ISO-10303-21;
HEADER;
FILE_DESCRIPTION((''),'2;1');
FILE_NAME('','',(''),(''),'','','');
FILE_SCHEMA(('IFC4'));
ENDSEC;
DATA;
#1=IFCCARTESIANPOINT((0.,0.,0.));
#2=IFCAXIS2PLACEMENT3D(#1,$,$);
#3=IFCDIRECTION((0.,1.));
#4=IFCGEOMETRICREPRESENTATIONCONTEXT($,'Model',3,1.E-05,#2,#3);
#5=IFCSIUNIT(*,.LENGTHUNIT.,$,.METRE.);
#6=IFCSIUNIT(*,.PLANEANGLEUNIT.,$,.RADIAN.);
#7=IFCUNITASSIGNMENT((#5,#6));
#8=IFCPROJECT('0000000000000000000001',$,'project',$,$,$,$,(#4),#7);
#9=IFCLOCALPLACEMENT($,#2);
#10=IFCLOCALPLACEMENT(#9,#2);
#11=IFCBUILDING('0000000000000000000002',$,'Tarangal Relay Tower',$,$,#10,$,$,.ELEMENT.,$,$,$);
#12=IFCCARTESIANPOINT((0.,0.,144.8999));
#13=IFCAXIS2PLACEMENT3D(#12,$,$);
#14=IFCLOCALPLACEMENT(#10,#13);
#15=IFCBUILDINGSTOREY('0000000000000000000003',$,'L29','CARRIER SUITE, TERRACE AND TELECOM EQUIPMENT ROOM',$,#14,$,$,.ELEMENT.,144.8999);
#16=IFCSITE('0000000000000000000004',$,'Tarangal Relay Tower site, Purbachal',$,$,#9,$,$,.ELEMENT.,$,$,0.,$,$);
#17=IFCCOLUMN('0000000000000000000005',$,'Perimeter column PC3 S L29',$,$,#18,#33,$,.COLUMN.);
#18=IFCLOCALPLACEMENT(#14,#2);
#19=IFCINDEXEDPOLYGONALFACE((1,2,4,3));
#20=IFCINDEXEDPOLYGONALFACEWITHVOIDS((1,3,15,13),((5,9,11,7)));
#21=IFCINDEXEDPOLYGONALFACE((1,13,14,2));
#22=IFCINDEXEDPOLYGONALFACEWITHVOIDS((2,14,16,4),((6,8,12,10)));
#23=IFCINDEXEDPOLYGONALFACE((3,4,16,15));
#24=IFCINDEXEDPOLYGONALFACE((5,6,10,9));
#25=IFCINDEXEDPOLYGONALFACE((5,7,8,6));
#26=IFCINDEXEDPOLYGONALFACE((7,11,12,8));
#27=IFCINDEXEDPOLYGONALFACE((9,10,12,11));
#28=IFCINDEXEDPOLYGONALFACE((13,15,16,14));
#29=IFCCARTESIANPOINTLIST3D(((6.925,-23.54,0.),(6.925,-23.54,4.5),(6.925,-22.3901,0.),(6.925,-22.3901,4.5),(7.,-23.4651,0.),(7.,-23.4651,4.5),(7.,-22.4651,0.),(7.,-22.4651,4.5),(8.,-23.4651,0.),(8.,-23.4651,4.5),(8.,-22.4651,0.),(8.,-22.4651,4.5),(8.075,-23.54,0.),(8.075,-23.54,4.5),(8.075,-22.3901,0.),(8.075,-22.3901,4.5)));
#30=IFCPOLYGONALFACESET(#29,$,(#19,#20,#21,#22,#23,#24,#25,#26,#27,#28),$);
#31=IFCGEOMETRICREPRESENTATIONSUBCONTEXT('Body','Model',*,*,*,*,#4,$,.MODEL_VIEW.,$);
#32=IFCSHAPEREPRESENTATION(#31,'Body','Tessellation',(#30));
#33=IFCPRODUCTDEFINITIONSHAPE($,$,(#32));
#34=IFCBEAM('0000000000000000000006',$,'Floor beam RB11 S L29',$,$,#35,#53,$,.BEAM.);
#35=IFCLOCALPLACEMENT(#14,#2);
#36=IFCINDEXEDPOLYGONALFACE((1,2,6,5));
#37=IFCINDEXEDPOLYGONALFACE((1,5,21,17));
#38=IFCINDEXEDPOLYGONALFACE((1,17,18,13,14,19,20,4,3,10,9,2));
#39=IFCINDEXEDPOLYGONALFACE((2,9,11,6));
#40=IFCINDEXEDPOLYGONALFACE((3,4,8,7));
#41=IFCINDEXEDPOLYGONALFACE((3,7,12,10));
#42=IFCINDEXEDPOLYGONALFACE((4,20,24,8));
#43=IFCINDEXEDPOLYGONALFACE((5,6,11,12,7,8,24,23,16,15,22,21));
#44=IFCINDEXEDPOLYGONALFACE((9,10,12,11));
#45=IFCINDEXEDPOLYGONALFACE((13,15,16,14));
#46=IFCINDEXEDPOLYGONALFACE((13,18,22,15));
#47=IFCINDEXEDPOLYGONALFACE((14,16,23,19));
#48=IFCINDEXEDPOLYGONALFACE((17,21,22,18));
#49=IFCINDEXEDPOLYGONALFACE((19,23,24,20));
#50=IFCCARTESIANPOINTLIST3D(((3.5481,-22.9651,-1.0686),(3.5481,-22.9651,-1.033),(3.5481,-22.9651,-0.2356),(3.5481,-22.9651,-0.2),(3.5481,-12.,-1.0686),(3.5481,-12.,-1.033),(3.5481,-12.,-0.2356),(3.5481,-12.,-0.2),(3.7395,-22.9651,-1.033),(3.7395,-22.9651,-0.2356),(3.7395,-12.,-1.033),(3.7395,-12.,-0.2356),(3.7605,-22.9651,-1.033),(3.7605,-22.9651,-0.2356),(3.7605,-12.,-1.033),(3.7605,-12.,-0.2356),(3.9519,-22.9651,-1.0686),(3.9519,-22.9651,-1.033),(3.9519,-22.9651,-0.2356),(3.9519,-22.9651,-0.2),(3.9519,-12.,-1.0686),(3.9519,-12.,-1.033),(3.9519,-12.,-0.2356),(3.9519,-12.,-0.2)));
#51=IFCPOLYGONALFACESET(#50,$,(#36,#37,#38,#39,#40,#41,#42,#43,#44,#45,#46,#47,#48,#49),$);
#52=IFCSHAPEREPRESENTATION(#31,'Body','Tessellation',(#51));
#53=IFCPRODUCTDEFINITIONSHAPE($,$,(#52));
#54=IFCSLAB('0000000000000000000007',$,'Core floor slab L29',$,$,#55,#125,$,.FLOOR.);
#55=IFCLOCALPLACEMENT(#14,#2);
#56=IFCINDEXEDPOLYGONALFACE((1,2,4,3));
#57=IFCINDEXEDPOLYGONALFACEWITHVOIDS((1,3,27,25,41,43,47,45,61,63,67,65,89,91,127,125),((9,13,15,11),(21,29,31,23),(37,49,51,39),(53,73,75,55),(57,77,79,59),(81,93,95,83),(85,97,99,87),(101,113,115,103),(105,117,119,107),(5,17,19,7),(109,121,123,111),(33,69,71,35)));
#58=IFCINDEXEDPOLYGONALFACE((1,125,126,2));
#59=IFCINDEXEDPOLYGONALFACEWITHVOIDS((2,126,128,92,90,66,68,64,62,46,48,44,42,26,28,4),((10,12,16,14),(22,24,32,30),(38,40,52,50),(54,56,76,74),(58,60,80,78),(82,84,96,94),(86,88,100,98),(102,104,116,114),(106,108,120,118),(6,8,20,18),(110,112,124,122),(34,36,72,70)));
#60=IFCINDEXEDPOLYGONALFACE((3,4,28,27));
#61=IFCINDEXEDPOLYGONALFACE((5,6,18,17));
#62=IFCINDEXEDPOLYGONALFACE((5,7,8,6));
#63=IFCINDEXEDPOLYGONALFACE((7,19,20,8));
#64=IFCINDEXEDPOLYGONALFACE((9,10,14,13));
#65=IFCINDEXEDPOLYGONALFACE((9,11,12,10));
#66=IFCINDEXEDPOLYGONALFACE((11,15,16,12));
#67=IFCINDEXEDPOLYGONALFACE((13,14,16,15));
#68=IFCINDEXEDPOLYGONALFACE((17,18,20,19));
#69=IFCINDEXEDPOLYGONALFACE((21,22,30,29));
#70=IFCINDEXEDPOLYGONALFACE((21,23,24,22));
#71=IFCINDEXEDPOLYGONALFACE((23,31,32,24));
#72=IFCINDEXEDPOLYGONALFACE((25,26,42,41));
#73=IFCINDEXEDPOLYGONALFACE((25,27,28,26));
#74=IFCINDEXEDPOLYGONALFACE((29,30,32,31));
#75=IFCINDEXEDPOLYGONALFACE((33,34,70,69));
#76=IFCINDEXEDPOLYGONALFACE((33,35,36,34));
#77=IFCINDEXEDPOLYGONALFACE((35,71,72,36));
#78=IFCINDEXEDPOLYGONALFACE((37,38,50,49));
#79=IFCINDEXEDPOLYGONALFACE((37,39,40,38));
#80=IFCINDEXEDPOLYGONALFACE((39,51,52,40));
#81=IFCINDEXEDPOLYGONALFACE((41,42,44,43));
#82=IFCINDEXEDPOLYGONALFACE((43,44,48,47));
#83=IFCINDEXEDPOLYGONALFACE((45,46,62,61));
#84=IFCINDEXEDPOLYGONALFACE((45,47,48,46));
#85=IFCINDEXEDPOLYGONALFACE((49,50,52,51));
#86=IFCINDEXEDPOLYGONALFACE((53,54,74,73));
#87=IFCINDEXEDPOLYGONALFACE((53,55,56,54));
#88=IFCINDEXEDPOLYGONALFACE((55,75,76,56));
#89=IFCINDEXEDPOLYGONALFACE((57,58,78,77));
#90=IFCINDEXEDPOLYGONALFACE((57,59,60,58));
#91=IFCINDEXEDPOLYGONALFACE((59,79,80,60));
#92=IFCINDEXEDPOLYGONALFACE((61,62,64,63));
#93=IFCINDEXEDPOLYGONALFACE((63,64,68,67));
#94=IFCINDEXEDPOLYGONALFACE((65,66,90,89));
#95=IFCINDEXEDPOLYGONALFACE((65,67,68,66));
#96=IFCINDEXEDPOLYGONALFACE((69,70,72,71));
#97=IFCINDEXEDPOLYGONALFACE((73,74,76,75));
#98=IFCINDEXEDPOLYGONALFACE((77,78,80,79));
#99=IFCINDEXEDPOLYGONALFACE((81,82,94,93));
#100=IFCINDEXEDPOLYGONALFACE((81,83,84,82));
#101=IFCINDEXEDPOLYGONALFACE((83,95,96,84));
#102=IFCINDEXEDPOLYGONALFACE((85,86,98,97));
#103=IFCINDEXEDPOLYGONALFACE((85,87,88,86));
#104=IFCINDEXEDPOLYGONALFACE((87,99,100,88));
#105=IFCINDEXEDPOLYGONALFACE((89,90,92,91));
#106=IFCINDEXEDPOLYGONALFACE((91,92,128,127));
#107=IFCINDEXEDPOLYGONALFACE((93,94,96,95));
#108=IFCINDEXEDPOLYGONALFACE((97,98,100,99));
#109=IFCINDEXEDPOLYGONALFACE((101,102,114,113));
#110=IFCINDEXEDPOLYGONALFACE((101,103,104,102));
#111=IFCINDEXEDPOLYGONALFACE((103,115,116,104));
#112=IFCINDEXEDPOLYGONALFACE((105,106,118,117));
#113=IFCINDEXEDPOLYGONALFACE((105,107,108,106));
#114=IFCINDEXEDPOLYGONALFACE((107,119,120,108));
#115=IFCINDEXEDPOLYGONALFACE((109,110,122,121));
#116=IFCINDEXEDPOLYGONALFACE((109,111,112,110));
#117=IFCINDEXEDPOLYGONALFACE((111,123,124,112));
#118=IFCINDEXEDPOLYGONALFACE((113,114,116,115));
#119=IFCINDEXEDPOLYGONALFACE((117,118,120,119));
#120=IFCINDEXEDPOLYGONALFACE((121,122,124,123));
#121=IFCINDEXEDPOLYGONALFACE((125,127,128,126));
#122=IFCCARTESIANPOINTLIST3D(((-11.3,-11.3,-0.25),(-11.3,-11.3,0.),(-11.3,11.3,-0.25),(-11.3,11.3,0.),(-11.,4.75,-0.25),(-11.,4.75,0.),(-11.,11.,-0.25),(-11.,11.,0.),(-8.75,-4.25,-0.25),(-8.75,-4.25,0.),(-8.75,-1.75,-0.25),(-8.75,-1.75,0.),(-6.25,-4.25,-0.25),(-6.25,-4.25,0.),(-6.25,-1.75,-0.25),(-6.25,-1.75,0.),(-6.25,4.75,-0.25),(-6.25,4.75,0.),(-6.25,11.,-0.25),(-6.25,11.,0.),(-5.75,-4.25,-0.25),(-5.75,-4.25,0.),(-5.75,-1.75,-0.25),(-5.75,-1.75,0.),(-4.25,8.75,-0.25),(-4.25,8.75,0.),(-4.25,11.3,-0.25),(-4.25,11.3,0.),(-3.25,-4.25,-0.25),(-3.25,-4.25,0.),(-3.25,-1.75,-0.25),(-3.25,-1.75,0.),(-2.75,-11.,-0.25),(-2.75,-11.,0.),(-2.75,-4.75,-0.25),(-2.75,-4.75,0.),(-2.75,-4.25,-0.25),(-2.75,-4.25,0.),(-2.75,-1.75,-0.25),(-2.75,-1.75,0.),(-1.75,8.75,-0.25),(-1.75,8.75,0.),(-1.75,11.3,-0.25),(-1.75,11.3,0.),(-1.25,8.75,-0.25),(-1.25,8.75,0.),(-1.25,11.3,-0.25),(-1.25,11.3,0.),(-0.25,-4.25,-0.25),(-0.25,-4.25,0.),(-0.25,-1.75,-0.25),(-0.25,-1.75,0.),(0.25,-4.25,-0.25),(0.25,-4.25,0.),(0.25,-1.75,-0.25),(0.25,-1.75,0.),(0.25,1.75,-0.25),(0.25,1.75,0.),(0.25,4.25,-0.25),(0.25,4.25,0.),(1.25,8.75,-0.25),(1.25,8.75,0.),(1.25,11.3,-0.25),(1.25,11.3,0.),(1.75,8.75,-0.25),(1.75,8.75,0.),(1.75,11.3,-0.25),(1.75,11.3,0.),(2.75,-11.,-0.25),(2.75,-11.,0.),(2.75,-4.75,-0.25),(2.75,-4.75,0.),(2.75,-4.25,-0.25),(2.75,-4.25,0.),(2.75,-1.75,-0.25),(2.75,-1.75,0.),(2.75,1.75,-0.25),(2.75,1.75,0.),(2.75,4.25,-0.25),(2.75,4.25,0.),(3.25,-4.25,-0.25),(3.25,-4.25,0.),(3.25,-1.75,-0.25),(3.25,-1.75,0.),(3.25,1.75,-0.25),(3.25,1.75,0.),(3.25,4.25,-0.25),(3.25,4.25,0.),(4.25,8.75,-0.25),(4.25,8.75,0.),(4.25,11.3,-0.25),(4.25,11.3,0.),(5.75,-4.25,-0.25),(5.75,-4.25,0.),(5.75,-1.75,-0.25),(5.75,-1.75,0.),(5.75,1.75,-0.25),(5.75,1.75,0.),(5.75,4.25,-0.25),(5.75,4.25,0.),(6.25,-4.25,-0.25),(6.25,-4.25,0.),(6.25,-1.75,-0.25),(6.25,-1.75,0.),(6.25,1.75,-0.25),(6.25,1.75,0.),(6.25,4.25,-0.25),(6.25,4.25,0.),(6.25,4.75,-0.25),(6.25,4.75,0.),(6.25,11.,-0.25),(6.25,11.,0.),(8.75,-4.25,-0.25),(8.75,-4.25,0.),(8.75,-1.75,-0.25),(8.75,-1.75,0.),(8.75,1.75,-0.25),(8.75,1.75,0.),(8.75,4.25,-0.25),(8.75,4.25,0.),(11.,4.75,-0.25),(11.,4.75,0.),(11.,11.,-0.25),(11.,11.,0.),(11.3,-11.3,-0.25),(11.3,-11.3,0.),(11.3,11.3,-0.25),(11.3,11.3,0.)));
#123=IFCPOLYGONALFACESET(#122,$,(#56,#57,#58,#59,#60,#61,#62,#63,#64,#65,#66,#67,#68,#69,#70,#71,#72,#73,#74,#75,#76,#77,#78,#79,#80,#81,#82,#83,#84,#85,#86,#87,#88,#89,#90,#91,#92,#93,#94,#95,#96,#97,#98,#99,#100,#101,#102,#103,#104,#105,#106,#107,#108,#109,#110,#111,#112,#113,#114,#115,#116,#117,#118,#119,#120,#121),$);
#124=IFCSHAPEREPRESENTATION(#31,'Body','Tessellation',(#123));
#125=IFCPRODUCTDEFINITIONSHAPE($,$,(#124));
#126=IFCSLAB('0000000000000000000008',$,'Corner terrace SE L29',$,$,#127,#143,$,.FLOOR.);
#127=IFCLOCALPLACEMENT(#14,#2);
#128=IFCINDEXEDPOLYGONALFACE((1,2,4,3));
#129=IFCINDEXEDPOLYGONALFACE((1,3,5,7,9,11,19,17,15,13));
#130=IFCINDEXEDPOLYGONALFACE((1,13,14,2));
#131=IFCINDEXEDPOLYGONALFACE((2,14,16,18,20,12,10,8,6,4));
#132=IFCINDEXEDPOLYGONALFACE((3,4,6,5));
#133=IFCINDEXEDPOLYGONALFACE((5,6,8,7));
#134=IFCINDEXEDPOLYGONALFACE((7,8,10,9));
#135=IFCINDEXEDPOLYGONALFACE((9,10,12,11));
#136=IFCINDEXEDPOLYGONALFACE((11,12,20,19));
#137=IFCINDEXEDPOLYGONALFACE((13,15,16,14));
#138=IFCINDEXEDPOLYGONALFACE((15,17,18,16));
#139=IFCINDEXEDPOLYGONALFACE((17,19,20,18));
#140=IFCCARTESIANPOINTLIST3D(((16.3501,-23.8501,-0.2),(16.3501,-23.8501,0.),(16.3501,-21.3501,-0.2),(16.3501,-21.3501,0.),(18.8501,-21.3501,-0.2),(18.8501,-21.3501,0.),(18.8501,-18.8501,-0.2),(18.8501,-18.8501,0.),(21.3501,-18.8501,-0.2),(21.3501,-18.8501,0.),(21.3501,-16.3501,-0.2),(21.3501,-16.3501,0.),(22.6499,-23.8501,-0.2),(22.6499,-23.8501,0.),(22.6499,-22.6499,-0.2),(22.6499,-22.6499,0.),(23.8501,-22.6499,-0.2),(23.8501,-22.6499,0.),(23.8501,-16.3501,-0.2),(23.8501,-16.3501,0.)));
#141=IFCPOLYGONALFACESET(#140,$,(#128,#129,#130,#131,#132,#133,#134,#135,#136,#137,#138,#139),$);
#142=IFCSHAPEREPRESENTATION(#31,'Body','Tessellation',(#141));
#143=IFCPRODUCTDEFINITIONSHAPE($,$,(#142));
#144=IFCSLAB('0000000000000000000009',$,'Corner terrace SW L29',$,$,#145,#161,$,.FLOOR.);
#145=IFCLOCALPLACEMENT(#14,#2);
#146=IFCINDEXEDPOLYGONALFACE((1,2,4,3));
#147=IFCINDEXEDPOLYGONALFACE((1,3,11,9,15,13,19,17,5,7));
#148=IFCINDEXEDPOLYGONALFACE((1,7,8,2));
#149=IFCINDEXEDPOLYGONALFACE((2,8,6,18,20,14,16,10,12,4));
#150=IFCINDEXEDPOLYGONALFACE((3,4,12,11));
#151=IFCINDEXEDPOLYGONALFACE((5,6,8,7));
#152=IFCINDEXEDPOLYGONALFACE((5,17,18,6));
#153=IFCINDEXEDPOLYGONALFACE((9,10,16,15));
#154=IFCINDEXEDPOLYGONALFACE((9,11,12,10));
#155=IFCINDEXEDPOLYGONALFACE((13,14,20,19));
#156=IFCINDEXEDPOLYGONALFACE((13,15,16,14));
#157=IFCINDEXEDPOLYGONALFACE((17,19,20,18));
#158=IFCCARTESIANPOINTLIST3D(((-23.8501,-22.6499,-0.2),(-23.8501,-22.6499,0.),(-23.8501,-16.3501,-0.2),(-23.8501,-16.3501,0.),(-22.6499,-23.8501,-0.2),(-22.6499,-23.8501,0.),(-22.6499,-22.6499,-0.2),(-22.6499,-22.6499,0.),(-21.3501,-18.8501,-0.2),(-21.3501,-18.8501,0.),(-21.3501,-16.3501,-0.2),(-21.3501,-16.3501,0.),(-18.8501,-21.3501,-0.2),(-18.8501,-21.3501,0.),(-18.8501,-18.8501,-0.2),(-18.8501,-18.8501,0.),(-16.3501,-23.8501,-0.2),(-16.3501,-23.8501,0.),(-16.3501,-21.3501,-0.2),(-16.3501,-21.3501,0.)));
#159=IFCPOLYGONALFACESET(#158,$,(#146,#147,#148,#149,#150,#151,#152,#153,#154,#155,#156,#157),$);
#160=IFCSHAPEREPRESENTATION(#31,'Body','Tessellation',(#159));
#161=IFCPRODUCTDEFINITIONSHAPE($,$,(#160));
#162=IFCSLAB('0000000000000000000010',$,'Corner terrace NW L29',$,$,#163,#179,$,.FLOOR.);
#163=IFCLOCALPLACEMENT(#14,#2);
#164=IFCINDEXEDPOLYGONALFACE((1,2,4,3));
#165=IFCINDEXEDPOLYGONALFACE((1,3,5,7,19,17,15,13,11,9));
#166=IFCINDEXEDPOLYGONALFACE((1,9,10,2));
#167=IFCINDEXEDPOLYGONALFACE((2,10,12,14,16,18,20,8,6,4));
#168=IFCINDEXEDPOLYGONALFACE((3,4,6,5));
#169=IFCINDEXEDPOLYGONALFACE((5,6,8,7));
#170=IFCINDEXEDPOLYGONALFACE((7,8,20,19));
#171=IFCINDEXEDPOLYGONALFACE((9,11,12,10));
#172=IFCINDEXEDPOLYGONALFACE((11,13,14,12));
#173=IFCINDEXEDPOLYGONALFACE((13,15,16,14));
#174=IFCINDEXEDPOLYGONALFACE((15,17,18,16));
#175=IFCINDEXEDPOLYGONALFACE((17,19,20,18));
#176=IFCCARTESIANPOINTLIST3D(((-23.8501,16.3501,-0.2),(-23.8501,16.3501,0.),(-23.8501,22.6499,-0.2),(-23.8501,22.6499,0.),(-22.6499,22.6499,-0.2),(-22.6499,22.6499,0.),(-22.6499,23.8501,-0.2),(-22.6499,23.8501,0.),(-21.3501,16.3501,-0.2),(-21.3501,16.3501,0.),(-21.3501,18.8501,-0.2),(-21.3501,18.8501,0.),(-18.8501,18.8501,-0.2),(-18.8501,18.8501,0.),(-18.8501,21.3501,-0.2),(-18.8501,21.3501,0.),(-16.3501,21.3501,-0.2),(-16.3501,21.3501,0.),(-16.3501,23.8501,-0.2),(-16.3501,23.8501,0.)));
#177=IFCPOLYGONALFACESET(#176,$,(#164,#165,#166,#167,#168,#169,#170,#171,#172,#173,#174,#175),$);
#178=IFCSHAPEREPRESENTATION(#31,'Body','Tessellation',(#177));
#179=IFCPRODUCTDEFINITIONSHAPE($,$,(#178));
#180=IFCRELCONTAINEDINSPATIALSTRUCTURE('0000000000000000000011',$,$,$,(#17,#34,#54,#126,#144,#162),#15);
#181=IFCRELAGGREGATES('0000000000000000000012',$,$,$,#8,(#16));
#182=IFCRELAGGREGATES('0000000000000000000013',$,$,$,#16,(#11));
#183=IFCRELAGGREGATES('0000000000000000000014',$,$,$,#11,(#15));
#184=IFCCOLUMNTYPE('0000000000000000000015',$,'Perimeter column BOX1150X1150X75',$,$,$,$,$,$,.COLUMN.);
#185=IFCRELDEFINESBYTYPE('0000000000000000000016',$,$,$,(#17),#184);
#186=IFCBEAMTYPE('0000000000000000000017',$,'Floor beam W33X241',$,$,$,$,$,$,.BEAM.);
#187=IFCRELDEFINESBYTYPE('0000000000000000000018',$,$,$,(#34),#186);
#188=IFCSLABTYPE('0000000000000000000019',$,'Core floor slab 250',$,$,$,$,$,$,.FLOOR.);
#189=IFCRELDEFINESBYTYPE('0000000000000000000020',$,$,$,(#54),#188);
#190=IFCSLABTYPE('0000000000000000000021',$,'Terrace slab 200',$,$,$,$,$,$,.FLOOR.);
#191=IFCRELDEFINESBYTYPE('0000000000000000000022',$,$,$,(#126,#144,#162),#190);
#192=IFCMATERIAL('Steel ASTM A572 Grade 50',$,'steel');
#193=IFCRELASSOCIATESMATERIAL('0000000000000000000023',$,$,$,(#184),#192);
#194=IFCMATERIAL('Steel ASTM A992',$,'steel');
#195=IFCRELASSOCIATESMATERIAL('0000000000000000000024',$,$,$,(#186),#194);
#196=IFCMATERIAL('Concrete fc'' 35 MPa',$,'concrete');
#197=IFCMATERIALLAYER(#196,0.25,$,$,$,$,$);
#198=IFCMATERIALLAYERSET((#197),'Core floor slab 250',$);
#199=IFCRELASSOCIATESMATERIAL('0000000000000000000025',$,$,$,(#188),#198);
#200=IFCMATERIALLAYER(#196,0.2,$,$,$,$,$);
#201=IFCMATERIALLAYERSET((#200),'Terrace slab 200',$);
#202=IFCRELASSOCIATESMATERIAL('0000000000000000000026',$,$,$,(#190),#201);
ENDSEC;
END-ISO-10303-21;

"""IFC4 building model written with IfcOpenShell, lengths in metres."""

from ifc_helpers import new_model, si_unit, direction, frame, origin, origin_2d, place, context, subcontext, project, spatial, polyline, hollow_rectangle, i_section, outline, extrude, material, layer, layer_set, material_profile, profile_set, type_object, element, save


model = new_model("IFC4")

# Units and contexts
model_context = context("Model", 3, precision=1e-05, world=origin(), true_north=direction((0.0, 1.0)))
body_context = subcontext(model_context, "Body", "Model", "MODEL_VIEW")
ifc_project = project(units=[si_unit("LENGTHUNIT", "METRE"), si_unit("PLANEANGLEUNIT", "RADIAN")], contexts=[model_context])

# Site, building, storey
site_placement = place(None, origin())
site = spatial("IfcSite", under=ifc_project, at=site_placement, Name="Tarangal Relay Tower site, Purbachal", CompositionType="ELEMENT", RefElevation=0.0)
building_placement = place(site_placement, origin())
building = spatial("IfcBuilding", under=site, at=building_placement, Name="Tarangal Relay Tower", CompositionType="ELEMENT")
storey_placement = place(building_placement, frame((0.0, 0.0, 144.8999)))
storey = spatial("IfcBuildingStorey", under=building, at=storey_placement, Name="L29", Description="CARRIER SUITE, TERRACE AND TELECOM EQUIPMENT ROOM", CompositionType="ELEMENT", Elevation=144.8999)

# Column
ifc_material_1 = material(Name="Steel ASTM A572 Grade 50", Category="steel")
ifc_material_profile_1 = material_profile(ifc_material_1, hollow_rectangle(XDim=1.1499, YDim=1.1499, WallThickness=0.075, at=origin_2d()), Name="BOX1150X1150X75")
ifc_profile_set_1 = profile_set([ifc_material_profile_1], Name="Steel ASTM A572 Grade 50")
column_type = type_object("IfcColumnType", Name="Perimeter column BOX1150X1150X75", PredefinedType="COLUMN", material=ifc_profile_set_1)
column_placement = place(storey_placement, frame((7.5, -22.9651, 0.0), z_axis=(0.0, 0.0, 1.0), x_axis=(1.0, 0.0, 0.0)))
element("IfcColumn", 1, at=column_placement, inside=storey, type_object=column_type, Name="Perimeter column PC3 S L29", PredefinedType="COLUMN", context=body_context, shape_type="SweptSolid", body=[
    extrude(hollow_rectangle(XDim=1.1499, YDim=1.1499, WallThickness=0.075, at=origin_2d()), origin(), (0.0, 0.0, 1.0), 4.5),
])

# Beam
ifc_material_2 = material(Name="Steel ASTM A992", Category="steel")
ifc_material_profile_2 = material_profile(ifc_material_2, i_section(OverallWidth=0.4038, OverallDepth=0.8687, WebThickness=0.021, FlangeThickness=0.0356, at=origin_2d()), Name="W33X241")
ifc_profile_set_2 = profile_set([ifc_material_profile_2], Name="Steel ASTM A992")
beam_type = type_object("IfcBeamType", Name="Floor beam W33X241", PredefinedType="BEAM", material=ifc_profile_set_2)
beam_placement = place(storey_placement, frame((3.75, -12.0, -0.6343), z_axis=(0.0, -1.0, 0.0), x_axis=(1.0, 0.0, 0.0)))
element("IfcBeam", 2, at=beam_placement, inside=storey, type_object=beam_type, Name="Floor beam RB11 S L29", PredefinedType="BEAM", context=body_context, shape_type="SweptSolid", body=[
    extrude(i_section(OverallWidth=0.4038, OverallDepth=0.8687, WebThickness=0.021, FlangeThickness=0.0356, at=origin_2d()), origin(), (0.0, 0.0, 1.0), 10.9651),
])

# Slabs
ifc_material_3 = material(Name="Concrete fc' 35 MPa", Category="concrete")
ifc_layer_1 = layer(ifc_material_3, 0.25)
ifc_layer_set_1 = layer_set([ifc_layer_1], Name="Core floor slab 250")
slab_type_1 = type_object("IfcSlabType", Name="Core floor slab 250", PredefinedType="FLOOR", material=ifc_layer_set_1)
slab_1_placement = place(storey_placement, frame((0.0, 0.0, -0.25)))
element("IfcSlab", 3, at=slab_1_placement, inside=storey, type_object=slab_type_1, Name="Core floor slab L29", PredefinedType="FLOOR", context=body_context, shape_type="SweptSolid", body=[
    extrude(outline(polyline([(11.3, 11.3), (11.3, -11.3), (-11.3, -11.3), (-11.3, 11.3), (-4.25, 11.3), (-4.25, 8.75), (-1.75, 8.75), (-1.75, 11.3), (-1.25, 11.3), (-1.25, 8.75), (1.25, 8.75), (1.25, 11.3), (1.75, 11.3), (1.75, 8.75), (4.25, 8.75), (4.25, 11.3), (11.3, 11.3)]), holes=[polyline([(2.75, -4.75), (-2.75, -4.75), (-2.75, -11.0), (2.75, -11.0), (2.75, -4.75)]), polyline([(-6.25, -4.25), (-6.25, -1.75), (-8.75, -1.75), (-8.75, -4.25), (-6.25, -4.25)]), polyline([(-3.25, -4.25), (-3.25, -1.75), (-5.75, -1.75), (-5.75, -4.25), (-3.25, -4.25)]), polyline([(-0.25, -4.25), (-0.25, -1.75), (-2.75, -1.75), (-2.75, -4.25), (-0.25, -4.25)]), polyline([(2.75, 1.75), (2.75, 4.25), (0.25, 4.25), (0.25, 1.75), (2.75, 1.75)]), polyline([(-6.25, 4.75), (-6.25, 11.0), (-11.0, 11.0), (-11.0, 4.75), (-6.25, 4.75)]), polyline([(2.75, -4.25), (2.75, -1.75), (0.25, -1.75), (0.25, -4.25), (2.75, -4.25)]), polyline([(5.75, -4.25), (5.75, -1.75), (3.25, -1.75), (3.25, -4.25), (5.75, -4.25)]), polyline([(8.75, -4.25), (8.75, -1.75), (6.25, -1.75), (6.25, -4.25), (8.75, -4.25)]), polyline([(5.75, 1.75), (5.75, 4.25), (3.25, 4.25), (3.25, 1.75), (5.75, 1.75)]), polyline([(8.75, 1.75), (8.75, 4.25), (6.25, 4.25), (6.25, 1.75), (8.75, 1.75)]), polyline([(11.0, 4.75), (11.0, 11.0), (6.25, 11.0), (6.25, 4.75), (11.0, 4.75)])]), origin(), (0.0, 0.0, 1.0), 0.25),
])
ifc_layer_2 = layer(ifc_material_3, 0.2)
ifc_layer_set_2 = layer_set([ifc_layer_2], Name="Terrace slab 200")
slab_type_2 = type_object("IfcSlabType", Name="Terrace slab 200", PredefinedType="FLOOR", material=ifc_layer_set_2)
slab_2_placement = place(storey_placement, frame((0.0, 0.0, -0.2)))
element("IfcSlab", 4, at=slab_2_placement, inside=storey, type_object=slab_type_2, Name="Corner terrace SE L29", PredefinedType="FLOOR", context=body_context, shape_type="SweptSolid", body=[
    extrude(outline(polyline([(23.8501, -16.3501), (21.3501, -16.3501), (21.3501, -18.8501), (18.8501, -18.8501), (18.8501, -21.3501), (16.3501, -21.3501), (16.3501, -23.8501), (22.6499, -23.8501), (22.6499, -22.6499), (23.8501, -22.6499), (23.8501, -16.3501)])), origin(), (0.0, 0.0, 1.0), 0.2),
])
slab_3_placement = place(storey_placement, frame((0.0, 0.0, -0.2)))
element("IfcSlab", 5, at=slab_3_placement, inside=storey, type_object=slab_type_2, Name="Corner terrace SW L29", PredefinedType="FLOOR", context=body_context, shape_type="SweptSolid", body=[
    extrude(outline(polyline([(-16.3501, -23.8501), (-16.3501, -21.3501), (-18.8501, -21.3501), (-18.8501, -18.8501), (-21.3501, -18.8501), (-21.3501, -16.3501), (-23.8501, -16.3501), (-23.8501, -22.6499), (-22.6499, -22.6499), (-22.6499, -23.8501), (-16.3501, -23.8501)])), origin(), (0.0, 0.0, 1.0), 0.2),
])
slab_4_placement = place(storey_placement, frame((0.0, 0.0, -0.2)))
element("IfcSlab", 6, at=slab_4_placement, inside=storey, type_object=slab_type_2, Name="Corner terrace NW L29", PredefinedType="FLOOR", context=body_context, shape_type="SweptSolid", body=[
    extrude(outline(polyline([(-23.8501, 16.3501), (-21.3501, 16.3501), (-21.3501, 18.8501), (-18.8501, 18.8501), (-18.8501, 21.3501), (-16.3501, 21.3501), (-16.3501, 23.8501), (-22.6499, 23.8501), (-22.6499, 22.6499), (-23.8501, 22.6499), (-23.8501, 16.3501)])), origin(), (0.0, 0.0, 1.0), 0.2),
])

save(model, "model.ifc")
